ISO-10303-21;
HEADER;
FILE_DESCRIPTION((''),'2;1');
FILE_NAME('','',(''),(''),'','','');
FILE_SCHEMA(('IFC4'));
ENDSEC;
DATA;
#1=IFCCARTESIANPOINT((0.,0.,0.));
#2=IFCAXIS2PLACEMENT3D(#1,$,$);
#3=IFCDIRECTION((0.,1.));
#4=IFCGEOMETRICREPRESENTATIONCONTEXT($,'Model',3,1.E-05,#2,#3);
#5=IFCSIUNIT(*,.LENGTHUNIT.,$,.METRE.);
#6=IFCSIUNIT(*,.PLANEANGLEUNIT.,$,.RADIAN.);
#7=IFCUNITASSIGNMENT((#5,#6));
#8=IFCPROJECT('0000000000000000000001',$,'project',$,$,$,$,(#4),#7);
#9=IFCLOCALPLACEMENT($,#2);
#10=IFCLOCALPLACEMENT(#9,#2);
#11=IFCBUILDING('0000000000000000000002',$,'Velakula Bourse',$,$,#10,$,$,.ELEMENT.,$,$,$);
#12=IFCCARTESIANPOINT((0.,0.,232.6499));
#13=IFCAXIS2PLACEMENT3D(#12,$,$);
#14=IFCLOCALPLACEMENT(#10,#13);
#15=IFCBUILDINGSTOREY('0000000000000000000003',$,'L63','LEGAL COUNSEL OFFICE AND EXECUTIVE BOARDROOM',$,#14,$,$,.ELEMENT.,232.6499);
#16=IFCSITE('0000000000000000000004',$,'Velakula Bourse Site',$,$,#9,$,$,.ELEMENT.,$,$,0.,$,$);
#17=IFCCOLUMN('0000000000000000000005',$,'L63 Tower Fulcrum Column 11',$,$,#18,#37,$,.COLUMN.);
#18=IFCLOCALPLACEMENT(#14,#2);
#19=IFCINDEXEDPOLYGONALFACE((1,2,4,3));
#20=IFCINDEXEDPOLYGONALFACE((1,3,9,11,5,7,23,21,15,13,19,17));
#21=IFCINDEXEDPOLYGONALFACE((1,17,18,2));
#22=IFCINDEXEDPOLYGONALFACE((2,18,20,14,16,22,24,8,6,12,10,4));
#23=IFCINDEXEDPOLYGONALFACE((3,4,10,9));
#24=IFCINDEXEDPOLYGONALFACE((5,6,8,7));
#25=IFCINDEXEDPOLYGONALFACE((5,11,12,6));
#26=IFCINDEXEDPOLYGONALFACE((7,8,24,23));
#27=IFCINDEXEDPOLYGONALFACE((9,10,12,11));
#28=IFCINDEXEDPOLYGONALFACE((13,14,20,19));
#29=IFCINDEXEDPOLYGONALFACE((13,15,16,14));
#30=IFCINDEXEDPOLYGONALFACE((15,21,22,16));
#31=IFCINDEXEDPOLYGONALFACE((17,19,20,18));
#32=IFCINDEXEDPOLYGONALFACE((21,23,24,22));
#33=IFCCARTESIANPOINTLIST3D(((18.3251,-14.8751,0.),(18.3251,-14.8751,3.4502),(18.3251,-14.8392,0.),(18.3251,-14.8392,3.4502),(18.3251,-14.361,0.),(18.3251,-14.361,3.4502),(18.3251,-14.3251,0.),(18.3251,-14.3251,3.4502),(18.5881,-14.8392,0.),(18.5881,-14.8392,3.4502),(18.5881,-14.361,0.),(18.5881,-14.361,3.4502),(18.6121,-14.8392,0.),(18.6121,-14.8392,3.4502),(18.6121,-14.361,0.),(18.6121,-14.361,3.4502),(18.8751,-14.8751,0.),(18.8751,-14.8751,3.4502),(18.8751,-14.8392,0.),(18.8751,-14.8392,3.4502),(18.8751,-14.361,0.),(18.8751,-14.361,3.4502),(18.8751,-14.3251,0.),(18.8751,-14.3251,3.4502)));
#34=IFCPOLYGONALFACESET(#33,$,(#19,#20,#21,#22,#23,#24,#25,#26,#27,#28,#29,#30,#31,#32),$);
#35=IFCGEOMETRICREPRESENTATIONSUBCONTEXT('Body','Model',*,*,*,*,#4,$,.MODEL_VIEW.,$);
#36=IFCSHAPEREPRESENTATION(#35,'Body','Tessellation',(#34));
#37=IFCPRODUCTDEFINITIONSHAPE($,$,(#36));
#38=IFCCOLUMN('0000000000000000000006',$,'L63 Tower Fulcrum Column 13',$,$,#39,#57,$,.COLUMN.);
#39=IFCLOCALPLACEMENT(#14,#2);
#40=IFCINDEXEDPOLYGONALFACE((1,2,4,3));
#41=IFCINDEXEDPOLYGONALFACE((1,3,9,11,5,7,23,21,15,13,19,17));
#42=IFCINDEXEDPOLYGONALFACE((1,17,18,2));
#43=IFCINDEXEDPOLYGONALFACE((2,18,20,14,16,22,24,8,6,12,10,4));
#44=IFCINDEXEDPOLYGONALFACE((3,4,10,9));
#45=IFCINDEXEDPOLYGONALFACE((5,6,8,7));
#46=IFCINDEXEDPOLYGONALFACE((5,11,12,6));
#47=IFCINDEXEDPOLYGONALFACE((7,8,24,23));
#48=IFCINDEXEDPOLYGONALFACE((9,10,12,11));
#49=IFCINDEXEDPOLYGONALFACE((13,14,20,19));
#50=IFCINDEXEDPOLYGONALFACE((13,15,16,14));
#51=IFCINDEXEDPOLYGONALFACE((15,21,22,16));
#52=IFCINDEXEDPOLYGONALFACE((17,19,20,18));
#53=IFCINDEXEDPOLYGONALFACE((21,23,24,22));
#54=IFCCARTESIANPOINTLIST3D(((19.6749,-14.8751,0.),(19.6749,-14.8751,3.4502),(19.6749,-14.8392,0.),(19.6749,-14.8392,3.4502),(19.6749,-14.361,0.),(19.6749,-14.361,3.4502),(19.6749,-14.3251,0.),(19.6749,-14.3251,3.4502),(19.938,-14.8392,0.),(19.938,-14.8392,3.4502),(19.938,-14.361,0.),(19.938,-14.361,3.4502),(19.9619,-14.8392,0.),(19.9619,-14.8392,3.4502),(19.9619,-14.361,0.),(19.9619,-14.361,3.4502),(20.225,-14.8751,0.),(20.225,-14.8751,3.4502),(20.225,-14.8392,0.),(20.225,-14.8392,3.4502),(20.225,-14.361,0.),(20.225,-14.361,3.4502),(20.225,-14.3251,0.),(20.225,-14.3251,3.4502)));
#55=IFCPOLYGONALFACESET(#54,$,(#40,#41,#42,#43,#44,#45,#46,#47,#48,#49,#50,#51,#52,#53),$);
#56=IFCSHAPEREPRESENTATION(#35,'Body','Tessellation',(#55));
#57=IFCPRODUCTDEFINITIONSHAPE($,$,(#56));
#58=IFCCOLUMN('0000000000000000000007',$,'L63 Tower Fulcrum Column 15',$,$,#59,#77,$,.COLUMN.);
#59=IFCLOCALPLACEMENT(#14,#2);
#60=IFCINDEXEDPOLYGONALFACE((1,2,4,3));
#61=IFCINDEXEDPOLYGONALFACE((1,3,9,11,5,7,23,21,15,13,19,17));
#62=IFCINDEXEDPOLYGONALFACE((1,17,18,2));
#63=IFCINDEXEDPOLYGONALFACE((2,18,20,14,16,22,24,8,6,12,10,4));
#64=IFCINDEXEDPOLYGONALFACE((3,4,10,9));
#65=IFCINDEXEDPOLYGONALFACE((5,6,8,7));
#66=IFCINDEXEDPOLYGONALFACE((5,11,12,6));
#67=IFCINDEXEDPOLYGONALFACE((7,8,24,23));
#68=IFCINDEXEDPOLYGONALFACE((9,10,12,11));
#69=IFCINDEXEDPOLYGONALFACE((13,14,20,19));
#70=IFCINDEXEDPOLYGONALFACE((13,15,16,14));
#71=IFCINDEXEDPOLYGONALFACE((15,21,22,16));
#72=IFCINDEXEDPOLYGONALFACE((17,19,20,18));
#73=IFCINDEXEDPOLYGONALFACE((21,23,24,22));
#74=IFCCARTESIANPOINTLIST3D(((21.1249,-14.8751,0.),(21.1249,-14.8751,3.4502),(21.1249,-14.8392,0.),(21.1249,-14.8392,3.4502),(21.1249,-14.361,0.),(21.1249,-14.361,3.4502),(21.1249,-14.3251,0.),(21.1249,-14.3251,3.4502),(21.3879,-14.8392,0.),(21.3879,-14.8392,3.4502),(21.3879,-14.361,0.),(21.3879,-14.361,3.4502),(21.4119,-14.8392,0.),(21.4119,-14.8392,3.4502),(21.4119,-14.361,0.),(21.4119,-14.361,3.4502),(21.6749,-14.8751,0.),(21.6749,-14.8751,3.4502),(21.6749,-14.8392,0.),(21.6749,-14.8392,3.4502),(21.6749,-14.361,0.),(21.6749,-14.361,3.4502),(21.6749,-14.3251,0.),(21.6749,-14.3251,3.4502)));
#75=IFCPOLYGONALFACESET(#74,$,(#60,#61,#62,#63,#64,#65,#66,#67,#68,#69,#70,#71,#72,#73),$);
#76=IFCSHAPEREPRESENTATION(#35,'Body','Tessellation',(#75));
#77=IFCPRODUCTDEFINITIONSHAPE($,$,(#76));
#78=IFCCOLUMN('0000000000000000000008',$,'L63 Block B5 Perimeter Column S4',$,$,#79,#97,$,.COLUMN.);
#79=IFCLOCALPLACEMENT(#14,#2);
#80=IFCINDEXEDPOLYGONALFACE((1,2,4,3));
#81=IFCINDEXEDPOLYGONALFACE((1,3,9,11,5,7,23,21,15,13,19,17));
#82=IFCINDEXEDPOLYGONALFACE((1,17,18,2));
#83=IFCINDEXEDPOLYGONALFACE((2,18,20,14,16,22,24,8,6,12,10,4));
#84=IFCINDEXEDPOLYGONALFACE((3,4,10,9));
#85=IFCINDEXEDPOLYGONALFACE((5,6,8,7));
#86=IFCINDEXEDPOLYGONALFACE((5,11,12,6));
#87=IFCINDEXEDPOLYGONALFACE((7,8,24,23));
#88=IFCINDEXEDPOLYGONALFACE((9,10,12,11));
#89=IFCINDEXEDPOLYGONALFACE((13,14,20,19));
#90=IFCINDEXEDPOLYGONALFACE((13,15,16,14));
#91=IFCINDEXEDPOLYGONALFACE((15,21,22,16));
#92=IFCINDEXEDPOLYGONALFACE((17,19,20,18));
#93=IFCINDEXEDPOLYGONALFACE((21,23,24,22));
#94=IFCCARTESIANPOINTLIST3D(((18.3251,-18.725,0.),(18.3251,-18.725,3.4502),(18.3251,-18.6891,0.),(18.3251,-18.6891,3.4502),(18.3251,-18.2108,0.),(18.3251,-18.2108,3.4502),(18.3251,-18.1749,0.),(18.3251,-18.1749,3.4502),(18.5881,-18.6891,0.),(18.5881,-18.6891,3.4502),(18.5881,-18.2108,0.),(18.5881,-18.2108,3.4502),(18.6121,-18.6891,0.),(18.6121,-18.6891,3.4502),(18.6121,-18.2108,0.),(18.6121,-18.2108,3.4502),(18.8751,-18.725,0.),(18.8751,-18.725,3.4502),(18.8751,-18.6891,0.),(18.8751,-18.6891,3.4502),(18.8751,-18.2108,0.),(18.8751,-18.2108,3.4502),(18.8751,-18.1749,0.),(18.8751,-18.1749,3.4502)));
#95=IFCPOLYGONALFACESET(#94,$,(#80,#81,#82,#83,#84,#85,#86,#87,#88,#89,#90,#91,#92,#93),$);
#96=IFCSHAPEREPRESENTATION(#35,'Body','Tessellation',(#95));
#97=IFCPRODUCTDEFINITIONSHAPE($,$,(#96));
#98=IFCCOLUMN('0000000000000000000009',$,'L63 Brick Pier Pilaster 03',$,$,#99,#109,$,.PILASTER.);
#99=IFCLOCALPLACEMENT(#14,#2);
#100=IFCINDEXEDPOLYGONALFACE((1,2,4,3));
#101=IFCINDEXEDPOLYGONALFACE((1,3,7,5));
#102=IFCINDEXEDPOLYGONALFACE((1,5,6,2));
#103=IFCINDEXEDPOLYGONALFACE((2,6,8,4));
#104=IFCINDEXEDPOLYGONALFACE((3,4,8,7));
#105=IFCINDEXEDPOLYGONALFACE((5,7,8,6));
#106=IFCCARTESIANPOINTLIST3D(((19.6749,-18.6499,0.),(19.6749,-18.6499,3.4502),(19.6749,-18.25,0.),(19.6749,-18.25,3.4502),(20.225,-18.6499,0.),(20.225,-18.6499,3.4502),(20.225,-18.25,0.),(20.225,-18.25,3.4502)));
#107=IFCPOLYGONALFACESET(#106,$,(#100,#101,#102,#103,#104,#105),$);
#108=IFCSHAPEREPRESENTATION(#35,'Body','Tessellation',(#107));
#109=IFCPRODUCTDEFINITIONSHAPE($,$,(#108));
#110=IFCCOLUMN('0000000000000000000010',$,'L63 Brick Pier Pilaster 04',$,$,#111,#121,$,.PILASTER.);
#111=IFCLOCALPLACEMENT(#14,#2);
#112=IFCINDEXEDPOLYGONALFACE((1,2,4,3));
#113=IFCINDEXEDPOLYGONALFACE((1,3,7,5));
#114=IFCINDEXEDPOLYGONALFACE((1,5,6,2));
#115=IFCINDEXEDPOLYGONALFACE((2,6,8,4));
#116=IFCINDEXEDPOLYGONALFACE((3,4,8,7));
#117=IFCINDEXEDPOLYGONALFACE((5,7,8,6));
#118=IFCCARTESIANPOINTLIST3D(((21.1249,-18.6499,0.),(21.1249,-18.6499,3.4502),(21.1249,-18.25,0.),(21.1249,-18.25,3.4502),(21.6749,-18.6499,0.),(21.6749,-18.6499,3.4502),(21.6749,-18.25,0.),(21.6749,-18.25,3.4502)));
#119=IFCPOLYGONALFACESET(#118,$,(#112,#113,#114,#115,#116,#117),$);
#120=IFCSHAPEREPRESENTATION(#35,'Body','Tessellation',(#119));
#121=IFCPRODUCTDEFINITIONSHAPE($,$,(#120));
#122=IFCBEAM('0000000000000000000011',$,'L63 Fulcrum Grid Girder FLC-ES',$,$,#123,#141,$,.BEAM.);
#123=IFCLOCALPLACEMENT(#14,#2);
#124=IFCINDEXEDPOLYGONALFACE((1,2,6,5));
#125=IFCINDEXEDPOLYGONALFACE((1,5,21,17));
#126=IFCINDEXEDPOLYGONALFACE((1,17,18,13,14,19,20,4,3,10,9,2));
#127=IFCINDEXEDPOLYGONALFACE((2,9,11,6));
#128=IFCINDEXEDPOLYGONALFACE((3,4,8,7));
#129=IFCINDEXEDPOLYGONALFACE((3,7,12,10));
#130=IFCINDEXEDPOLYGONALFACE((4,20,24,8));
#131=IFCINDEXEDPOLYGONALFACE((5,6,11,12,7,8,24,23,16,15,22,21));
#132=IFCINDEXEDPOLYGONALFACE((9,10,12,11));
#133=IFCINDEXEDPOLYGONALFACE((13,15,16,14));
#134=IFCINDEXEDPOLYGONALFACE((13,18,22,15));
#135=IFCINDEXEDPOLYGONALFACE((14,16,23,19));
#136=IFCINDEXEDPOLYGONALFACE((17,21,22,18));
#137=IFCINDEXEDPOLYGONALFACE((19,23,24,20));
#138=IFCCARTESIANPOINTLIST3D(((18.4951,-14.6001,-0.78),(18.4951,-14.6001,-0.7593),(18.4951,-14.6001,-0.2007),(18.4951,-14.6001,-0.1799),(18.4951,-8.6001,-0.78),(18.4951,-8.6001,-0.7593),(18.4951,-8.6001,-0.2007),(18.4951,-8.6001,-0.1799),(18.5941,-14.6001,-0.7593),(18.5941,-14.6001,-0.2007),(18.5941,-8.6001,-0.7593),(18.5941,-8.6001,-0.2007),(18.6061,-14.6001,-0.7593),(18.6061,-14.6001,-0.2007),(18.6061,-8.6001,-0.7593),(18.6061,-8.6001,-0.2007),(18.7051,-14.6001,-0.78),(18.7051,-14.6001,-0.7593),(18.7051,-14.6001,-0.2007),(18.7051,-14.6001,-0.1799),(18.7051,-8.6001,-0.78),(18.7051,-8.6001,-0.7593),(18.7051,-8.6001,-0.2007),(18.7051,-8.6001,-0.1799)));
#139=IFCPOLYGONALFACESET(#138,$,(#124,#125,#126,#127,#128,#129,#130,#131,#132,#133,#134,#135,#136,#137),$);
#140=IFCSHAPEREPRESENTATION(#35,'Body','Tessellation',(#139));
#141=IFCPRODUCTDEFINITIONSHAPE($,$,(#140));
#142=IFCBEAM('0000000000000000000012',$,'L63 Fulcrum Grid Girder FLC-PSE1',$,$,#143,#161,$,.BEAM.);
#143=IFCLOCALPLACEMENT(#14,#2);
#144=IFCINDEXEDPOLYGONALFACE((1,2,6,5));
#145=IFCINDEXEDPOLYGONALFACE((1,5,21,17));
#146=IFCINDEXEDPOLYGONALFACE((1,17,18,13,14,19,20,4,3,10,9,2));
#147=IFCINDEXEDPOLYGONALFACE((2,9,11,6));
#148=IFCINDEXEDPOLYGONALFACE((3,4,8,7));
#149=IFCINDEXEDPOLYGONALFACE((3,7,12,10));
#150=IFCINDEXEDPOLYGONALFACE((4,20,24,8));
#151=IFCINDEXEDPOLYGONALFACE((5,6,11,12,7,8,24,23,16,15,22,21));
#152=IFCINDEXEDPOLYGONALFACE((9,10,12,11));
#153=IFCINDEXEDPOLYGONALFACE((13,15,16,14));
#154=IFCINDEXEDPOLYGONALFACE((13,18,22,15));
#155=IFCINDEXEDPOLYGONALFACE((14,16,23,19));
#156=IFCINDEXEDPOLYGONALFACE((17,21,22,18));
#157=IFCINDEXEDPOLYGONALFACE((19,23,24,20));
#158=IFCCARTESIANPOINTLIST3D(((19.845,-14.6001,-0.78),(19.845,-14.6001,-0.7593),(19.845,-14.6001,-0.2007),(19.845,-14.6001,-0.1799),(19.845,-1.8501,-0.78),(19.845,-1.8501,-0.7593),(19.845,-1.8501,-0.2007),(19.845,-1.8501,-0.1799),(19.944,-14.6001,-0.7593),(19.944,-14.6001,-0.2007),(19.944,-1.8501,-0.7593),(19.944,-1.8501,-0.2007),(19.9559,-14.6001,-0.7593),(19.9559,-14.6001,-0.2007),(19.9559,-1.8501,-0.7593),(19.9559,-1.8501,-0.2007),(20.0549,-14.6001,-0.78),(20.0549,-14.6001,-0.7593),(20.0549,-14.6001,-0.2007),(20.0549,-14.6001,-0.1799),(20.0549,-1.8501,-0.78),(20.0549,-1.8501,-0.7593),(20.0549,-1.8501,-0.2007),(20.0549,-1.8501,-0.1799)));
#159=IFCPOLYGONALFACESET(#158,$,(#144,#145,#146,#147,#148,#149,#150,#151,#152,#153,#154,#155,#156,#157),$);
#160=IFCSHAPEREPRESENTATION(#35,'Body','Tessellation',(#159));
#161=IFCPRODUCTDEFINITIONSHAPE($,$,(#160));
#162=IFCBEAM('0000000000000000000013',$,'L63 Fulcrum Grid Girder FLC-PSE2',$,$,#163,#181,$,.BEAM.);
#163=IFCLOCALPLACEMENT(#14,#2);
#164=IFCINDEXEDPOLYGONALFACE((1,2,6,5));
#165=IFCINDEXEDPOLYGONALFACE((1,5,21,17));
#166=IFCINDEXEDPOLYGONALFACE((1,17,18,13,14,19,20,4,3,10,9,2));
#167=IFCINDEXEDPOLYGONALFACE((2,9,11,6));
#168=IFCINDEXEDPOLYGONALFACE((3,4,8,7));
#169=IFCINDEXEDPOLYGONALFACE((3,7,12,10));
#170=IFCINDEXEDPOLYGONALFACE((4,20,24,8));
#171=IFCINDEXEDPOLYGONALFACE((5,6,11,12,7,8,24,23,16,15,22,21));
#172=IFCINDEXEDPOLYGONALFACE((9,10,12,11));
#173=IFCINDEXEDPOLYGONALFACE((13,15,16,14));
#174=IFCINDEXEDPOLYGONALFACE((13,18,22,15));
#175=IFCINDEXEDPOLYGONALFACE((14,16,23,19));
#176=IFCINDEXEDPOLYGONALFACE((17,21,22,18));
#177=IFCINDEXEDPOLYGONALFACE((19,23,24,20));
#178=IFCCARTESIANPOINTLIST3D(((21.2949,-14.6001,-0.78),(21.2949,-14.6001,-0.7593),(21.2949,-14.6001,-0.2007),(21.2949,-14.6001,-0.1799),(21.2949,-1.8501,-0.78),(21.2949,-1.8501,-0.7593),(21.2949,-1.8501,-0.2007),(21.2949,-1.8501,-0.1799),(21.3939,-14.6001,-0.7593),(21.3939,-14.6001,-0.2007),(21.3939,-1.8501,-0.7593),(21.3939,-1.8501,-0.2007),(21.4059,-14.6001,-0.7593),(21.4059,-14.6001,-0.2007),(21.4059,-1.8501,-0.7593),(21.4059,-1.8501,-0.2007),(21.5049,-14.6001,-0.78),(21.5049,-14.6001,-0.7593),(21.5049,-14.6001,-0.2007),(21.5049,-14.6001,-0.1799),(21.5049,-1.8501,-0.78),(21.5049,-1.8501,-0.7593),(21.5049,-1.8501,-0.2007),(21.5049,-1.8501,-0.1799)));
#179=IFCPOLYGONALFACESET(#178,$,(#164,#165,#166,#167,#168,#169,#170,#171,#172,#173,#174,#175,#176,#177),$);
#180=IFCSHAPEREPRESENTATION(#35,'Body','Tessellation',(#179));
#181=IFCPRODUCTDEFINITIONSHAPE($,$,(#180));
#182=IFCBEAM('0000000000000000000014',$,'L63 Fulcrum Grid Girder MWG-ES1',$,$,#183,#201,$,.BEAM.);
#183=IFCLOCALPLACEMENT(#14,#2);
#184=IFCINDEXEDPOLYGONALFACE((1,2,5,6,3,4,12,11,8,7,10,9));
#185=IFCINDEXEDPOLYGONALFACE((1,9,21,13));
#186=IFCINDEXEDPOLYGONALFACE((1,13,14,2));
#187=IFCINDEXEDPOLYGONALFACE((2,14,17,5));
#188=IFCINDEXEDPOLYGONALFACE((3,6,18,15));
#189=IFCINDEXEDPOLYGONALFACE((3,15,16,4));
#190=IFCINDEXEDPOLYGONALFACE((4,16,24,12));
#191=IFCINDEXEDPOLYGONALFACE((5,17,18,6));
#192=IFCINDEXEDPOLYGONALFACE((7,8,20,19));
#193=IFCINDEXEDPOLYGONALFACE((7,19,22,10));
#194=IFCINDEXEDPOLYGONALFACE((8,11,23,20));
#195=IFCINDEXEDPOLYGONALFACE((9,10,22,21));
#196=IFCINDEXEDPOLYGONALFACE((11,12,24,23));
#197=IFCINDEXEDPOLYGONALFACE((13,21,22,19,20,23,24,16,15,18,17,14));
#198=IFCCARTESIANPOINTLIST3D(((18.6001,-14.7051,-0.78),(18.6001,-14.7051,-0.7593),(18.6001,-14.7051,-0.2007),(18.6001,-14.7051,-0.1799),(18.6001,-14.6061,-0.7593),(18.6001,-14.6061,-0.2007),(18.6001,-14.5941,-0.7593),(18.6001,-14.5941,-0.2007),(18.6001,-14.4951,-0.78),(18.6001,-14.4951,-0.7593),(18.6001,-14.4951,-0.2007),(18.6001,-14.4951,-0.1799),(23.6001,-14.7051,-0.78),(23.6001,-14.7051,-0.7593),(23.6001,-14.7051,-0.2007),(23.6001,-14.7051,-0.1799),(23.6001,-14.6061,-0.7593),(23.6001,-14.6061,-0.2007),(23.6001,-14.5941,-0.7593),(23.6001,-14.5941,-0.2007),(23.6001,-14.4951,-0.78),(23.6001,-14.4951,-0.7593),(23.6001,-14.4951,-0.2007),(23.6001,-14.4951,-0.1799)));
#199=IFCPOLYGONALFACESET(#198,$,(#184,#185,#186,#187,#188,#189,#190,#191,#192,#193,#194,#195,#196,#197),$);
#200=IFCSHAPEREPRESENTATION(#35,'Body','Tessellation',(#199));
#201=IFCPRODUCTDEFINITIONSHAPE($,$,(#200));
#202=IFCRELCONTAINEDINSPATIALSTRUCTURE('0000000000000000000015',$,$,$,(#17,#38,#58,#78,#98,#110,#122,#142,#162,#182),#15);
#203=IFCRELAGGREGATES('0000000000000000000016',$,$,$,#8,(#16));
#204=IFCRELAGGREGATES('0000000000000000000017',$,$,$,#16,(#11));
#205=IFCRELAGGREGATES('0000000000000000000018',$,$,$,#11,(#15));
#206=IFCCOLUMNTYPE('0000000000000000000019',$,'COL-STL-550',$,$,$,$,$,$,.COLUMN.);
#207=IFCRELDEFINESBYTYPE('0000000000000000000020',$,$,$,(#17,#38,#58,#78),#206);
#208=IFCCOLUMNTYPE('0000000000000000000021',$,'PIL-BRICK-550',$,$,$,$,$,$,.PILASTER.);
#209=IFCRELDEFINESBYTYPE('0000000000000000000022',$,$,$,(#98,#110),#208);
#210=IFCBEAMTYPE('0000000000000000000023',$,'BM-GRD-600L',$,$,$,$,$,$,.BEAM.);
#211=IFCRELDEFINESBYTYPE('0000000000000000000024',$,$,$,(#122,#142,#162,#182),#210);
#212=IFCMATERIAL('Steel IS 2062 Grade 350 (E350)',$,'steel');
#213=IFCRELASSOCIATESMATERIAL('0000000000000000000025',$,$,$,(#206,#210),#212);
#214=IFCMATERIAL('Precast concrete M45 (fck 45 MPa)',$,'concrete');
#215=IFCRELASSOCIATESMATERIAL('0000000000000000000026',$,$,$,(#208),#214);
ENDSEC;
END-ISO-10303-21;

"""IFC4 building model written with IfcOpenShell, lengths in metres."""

from ifc_helpers import new_model, si_unit, direction, frame, origin, origin_2d, place, context, subcontext, project, spatial, rectangle, i_section, extrude, material, material_profile, profile_set, type_object, element, save


model = new_model("IFC4")

# Units and contexts
model_context = context("Model", 3, precision=1e-05, world=origin(), true_north=direction((0.0, 1.0)))
body_context = subcontext(model_context, "Body", "Model", "MODEL_VIEW")
ifc_project = project(units=[si_unit("LENGTHUNIT", "METRE"), si_unit("PLANEANGLEUNIT", "RADIAN")], contexts=[model_context])

# Site, building, storey
site_placement = place(None, origin())
site = spatial("IfcSite", under=ifc_project, at=site_placement, Name="Velakula Bourse Site", CompositionType="ELEMENT", RefElevation=0.0)
building_placement = place(site_placement, origin())
building = spatial("IfcBuilding", under=site, at=building_placement, Name="Velakula Bourse", CompositionType="ELEMENT")
storey_placement = place(building_placement, frame((0.0, 0.0, 232.6499)))
storey = spatial("IfcBuildingStorey", under=building, at=storey_placement, Name="L63", Description="LEGAL COUNSEL OFFICE AND EXECUTIVE BOARDROOM", CompositionType="ELEMENT", Elevation=232.6499)

# Columns
ifc_material_1 = material(Name="Steel IS 2062 Grade 350 (E350)", Category="steel")
ifc_material_profile_1 = material_profile(ifc_material_1, i_section(OverallWidth=0.55, OverallDepth=0.55, WebThickness=0.0239, FlangeThickness=0.0359, at=origin_2d()), Name="Steel IS 2062 Grade 350 (E350)")
ifc_profile_set_1 = profile_set([ifc_material_profile_1], Name="Steel IS 2062 Grade 350 (E350)")
column_type_1 = type_object("IfcColumnType", Name="COL-STL-550", PredefinedType="COLUMN", material=ifc_profile_set_1)
for number, where, z_axis, x_axis, name in (
    (1, (18.6001, -14.6001, 0.0), (0.0, 0.0, 1.0), (1.0, 0.0, 0.0), "L63 Tower Fulcrum Column 11"),
    (2, (19.95, -14.6001, 0.0), (0.0, 0.0, 1.0), (1.0, 0.0, 0.0), "L63 Tower Fulcrum Column 13"),
    (3, (21.3999, -14.6001, 0.0), (0.0, 0.0, 1.0), (1.0, 0.0, 0.0), "L63 Tower Fulcrum Column 15"),
    (4, (18.6001, -18.45, 0.0), (0.0, 0.0, 1.0), (1.0, 0.0, 0.0), "L63 Block B5 Perimeter Column S4"),
):
    element("IfcColumn", number, at=place(storey_placement, frame(where, z_axis=z_axis, x_axis=x_axis)), inside=storey, type_object=column_type_1, Name=name, PredefinedType="COLUMN", context=body_context, shape_type="SweptSolid", body=[
        extrude(i_section(OverallWidth=0.55, OverallDepth=0.55, WebThickness=0.0239, FlangeThickness=0.0359, at=origin_2d()), origin(), (0.0, 0.0, 1.0), 3.4502),
    ])
ifc_material_2 = material(Name="Precast concrete M45 (fck 45 MPa)", Category="concrete")
ifc_material_profile_2 = material_profile(ifc_material_2, rectangle(XDim=0.55, YDim=0.3999, at=origin_2d()), Name="Precast concrete M45 (fck 45 MPa)")
ifc_profile_set_2 = profile_set([ifc_material_profile_2], Name="Precast concrete M45 (fck 45 MPa)")
column_type_2 = type_object("IfcColumnType", Name="PIL-BRICK-550", PredefinedType="PILASTER", material=ifc_profile_set_2)
for number, where, z_axis, x_axis, name in (
    (5, (19.95, -18.45, 0.0), (0.0, 0.0, 1.0), (1.0, 0.0, 0.0), "L63 Brick Pier Pilaster 03"),
    (6, (21.3999, -18.45, 0.0), (0.0, 0.0, 1.0), (1.0, 0.0, 0.0), "L63 Brick Pier Pilaster 04"),
):
    element("IfcColumn", number, at=place(storey_placement, frame(where, z_axis=z_axis, x_axis=x_axis)), inside=storey, type_object=column_type_2, Name=name, PredefinedType="PILASTER", context=body_context, shape_type="SweptSolid", body=[
        extrude(rectangle(XDim=0.55, YDim=0.3999, at=origin_2d()), origin(), (0.0, 0.0, 1.0), 3.4502),
    ])

# Beams
ifc_material_profile_3 = material_profile(ifc_material_1, i_section(OverallWidth=0.21, OverallDepth=0.6001, WebThickness=0.012, FlangeThickness=0.0208, at=origin_2d()), Name="Steel IS 2062 Grade 350 (E350)")
ifc_profile_set_3 = profile_set([ifc_material_profile_3], Name="Steel IS 2062 Grade 350 (E350)")
beam_type_1 = type_object("IfcBeamType", Name="BM-GRD-600L", PredefinedType="BEAM", material=ifc_profile_set_3)
beam_1_placement = place(storey_placement, frame((18.6001, -14.6001, -0.48), z_axis=(0.0, 1.0, 0.0), x_axis=(-1.0, 0.0, 0.0)))
element("IfcBeam", 7, at=beam_1_placement, inside=storey, type_object=beam_type_1, Name="L63 Fulcrum Grid Girder FLC-ES", PredefinedType="BEAM", context=body_context, shape_type="SweptSolid", body=[
    extrude(i_section(OverallWidth=0.21, OverallDepth=0.6001, WebThickness=0.012, FlangeThickness=0.0208, at=origin_2d()), origin(), (0.0, 0.0, 1.0), 6.0),
])
for number, where, z_axis, x_axis, name in (
    (8, (19.95, -14.6001, -0.48), (0.0, 1.0, 0.0), (-1.0, 0.0, 0.0), "L63 Fulcrum Grid Girder FLC-PSE1"),
    (9, (21.3999, -14.6001, -0.48), (0.0, 1.0, 0.0), (-1.0, 0.0, 0.0), "L63 Fulcrum Grid Girder FLC-PSE2"),
):
    element("IfcBeam", number, at=place(storey_placement, frame(where, z_axis=z_axis, x_axis=x_axis)), inside=storey, type_object=beam_type_1, Name=name, PredefinedType="BEAM", context=body_context, shape_type="SweptSolid", body=[
        extrude(i_section(OverallWidth=0.21, OverallDepth=0.6001, WebThickness=0.012, FlangeThickness=0.0208, at=origin_2d()), origin(), (0.0, 0.0, 1.0), 12.75),
    ])
beam_2_placement = place(storey_placement, frame((18.6001, -14.6001, -0.48), z_axis=(1.0, 0.0, 0.0), x_axis=(0.0, 1.0, 0.0)))
element("IfcBeam", 10, at=beam_2_placement, inside=storey, type_object=beam_type_1, Name="L63 Fulcrum Grid Girder MWG-ES1", PredefinedType="BEAM", context=body_context, shape_type="SweptSolid", body=[
    extrude(i_section(OverallWidth=0.21, OverallDepth=0.6001, WebThickness=0.012, FlangeThickness=0.0208, at=origin_2d()), origin(), (0.0, 0.0, 1.0), 5.0),
])

save(model, "model.ifc")
